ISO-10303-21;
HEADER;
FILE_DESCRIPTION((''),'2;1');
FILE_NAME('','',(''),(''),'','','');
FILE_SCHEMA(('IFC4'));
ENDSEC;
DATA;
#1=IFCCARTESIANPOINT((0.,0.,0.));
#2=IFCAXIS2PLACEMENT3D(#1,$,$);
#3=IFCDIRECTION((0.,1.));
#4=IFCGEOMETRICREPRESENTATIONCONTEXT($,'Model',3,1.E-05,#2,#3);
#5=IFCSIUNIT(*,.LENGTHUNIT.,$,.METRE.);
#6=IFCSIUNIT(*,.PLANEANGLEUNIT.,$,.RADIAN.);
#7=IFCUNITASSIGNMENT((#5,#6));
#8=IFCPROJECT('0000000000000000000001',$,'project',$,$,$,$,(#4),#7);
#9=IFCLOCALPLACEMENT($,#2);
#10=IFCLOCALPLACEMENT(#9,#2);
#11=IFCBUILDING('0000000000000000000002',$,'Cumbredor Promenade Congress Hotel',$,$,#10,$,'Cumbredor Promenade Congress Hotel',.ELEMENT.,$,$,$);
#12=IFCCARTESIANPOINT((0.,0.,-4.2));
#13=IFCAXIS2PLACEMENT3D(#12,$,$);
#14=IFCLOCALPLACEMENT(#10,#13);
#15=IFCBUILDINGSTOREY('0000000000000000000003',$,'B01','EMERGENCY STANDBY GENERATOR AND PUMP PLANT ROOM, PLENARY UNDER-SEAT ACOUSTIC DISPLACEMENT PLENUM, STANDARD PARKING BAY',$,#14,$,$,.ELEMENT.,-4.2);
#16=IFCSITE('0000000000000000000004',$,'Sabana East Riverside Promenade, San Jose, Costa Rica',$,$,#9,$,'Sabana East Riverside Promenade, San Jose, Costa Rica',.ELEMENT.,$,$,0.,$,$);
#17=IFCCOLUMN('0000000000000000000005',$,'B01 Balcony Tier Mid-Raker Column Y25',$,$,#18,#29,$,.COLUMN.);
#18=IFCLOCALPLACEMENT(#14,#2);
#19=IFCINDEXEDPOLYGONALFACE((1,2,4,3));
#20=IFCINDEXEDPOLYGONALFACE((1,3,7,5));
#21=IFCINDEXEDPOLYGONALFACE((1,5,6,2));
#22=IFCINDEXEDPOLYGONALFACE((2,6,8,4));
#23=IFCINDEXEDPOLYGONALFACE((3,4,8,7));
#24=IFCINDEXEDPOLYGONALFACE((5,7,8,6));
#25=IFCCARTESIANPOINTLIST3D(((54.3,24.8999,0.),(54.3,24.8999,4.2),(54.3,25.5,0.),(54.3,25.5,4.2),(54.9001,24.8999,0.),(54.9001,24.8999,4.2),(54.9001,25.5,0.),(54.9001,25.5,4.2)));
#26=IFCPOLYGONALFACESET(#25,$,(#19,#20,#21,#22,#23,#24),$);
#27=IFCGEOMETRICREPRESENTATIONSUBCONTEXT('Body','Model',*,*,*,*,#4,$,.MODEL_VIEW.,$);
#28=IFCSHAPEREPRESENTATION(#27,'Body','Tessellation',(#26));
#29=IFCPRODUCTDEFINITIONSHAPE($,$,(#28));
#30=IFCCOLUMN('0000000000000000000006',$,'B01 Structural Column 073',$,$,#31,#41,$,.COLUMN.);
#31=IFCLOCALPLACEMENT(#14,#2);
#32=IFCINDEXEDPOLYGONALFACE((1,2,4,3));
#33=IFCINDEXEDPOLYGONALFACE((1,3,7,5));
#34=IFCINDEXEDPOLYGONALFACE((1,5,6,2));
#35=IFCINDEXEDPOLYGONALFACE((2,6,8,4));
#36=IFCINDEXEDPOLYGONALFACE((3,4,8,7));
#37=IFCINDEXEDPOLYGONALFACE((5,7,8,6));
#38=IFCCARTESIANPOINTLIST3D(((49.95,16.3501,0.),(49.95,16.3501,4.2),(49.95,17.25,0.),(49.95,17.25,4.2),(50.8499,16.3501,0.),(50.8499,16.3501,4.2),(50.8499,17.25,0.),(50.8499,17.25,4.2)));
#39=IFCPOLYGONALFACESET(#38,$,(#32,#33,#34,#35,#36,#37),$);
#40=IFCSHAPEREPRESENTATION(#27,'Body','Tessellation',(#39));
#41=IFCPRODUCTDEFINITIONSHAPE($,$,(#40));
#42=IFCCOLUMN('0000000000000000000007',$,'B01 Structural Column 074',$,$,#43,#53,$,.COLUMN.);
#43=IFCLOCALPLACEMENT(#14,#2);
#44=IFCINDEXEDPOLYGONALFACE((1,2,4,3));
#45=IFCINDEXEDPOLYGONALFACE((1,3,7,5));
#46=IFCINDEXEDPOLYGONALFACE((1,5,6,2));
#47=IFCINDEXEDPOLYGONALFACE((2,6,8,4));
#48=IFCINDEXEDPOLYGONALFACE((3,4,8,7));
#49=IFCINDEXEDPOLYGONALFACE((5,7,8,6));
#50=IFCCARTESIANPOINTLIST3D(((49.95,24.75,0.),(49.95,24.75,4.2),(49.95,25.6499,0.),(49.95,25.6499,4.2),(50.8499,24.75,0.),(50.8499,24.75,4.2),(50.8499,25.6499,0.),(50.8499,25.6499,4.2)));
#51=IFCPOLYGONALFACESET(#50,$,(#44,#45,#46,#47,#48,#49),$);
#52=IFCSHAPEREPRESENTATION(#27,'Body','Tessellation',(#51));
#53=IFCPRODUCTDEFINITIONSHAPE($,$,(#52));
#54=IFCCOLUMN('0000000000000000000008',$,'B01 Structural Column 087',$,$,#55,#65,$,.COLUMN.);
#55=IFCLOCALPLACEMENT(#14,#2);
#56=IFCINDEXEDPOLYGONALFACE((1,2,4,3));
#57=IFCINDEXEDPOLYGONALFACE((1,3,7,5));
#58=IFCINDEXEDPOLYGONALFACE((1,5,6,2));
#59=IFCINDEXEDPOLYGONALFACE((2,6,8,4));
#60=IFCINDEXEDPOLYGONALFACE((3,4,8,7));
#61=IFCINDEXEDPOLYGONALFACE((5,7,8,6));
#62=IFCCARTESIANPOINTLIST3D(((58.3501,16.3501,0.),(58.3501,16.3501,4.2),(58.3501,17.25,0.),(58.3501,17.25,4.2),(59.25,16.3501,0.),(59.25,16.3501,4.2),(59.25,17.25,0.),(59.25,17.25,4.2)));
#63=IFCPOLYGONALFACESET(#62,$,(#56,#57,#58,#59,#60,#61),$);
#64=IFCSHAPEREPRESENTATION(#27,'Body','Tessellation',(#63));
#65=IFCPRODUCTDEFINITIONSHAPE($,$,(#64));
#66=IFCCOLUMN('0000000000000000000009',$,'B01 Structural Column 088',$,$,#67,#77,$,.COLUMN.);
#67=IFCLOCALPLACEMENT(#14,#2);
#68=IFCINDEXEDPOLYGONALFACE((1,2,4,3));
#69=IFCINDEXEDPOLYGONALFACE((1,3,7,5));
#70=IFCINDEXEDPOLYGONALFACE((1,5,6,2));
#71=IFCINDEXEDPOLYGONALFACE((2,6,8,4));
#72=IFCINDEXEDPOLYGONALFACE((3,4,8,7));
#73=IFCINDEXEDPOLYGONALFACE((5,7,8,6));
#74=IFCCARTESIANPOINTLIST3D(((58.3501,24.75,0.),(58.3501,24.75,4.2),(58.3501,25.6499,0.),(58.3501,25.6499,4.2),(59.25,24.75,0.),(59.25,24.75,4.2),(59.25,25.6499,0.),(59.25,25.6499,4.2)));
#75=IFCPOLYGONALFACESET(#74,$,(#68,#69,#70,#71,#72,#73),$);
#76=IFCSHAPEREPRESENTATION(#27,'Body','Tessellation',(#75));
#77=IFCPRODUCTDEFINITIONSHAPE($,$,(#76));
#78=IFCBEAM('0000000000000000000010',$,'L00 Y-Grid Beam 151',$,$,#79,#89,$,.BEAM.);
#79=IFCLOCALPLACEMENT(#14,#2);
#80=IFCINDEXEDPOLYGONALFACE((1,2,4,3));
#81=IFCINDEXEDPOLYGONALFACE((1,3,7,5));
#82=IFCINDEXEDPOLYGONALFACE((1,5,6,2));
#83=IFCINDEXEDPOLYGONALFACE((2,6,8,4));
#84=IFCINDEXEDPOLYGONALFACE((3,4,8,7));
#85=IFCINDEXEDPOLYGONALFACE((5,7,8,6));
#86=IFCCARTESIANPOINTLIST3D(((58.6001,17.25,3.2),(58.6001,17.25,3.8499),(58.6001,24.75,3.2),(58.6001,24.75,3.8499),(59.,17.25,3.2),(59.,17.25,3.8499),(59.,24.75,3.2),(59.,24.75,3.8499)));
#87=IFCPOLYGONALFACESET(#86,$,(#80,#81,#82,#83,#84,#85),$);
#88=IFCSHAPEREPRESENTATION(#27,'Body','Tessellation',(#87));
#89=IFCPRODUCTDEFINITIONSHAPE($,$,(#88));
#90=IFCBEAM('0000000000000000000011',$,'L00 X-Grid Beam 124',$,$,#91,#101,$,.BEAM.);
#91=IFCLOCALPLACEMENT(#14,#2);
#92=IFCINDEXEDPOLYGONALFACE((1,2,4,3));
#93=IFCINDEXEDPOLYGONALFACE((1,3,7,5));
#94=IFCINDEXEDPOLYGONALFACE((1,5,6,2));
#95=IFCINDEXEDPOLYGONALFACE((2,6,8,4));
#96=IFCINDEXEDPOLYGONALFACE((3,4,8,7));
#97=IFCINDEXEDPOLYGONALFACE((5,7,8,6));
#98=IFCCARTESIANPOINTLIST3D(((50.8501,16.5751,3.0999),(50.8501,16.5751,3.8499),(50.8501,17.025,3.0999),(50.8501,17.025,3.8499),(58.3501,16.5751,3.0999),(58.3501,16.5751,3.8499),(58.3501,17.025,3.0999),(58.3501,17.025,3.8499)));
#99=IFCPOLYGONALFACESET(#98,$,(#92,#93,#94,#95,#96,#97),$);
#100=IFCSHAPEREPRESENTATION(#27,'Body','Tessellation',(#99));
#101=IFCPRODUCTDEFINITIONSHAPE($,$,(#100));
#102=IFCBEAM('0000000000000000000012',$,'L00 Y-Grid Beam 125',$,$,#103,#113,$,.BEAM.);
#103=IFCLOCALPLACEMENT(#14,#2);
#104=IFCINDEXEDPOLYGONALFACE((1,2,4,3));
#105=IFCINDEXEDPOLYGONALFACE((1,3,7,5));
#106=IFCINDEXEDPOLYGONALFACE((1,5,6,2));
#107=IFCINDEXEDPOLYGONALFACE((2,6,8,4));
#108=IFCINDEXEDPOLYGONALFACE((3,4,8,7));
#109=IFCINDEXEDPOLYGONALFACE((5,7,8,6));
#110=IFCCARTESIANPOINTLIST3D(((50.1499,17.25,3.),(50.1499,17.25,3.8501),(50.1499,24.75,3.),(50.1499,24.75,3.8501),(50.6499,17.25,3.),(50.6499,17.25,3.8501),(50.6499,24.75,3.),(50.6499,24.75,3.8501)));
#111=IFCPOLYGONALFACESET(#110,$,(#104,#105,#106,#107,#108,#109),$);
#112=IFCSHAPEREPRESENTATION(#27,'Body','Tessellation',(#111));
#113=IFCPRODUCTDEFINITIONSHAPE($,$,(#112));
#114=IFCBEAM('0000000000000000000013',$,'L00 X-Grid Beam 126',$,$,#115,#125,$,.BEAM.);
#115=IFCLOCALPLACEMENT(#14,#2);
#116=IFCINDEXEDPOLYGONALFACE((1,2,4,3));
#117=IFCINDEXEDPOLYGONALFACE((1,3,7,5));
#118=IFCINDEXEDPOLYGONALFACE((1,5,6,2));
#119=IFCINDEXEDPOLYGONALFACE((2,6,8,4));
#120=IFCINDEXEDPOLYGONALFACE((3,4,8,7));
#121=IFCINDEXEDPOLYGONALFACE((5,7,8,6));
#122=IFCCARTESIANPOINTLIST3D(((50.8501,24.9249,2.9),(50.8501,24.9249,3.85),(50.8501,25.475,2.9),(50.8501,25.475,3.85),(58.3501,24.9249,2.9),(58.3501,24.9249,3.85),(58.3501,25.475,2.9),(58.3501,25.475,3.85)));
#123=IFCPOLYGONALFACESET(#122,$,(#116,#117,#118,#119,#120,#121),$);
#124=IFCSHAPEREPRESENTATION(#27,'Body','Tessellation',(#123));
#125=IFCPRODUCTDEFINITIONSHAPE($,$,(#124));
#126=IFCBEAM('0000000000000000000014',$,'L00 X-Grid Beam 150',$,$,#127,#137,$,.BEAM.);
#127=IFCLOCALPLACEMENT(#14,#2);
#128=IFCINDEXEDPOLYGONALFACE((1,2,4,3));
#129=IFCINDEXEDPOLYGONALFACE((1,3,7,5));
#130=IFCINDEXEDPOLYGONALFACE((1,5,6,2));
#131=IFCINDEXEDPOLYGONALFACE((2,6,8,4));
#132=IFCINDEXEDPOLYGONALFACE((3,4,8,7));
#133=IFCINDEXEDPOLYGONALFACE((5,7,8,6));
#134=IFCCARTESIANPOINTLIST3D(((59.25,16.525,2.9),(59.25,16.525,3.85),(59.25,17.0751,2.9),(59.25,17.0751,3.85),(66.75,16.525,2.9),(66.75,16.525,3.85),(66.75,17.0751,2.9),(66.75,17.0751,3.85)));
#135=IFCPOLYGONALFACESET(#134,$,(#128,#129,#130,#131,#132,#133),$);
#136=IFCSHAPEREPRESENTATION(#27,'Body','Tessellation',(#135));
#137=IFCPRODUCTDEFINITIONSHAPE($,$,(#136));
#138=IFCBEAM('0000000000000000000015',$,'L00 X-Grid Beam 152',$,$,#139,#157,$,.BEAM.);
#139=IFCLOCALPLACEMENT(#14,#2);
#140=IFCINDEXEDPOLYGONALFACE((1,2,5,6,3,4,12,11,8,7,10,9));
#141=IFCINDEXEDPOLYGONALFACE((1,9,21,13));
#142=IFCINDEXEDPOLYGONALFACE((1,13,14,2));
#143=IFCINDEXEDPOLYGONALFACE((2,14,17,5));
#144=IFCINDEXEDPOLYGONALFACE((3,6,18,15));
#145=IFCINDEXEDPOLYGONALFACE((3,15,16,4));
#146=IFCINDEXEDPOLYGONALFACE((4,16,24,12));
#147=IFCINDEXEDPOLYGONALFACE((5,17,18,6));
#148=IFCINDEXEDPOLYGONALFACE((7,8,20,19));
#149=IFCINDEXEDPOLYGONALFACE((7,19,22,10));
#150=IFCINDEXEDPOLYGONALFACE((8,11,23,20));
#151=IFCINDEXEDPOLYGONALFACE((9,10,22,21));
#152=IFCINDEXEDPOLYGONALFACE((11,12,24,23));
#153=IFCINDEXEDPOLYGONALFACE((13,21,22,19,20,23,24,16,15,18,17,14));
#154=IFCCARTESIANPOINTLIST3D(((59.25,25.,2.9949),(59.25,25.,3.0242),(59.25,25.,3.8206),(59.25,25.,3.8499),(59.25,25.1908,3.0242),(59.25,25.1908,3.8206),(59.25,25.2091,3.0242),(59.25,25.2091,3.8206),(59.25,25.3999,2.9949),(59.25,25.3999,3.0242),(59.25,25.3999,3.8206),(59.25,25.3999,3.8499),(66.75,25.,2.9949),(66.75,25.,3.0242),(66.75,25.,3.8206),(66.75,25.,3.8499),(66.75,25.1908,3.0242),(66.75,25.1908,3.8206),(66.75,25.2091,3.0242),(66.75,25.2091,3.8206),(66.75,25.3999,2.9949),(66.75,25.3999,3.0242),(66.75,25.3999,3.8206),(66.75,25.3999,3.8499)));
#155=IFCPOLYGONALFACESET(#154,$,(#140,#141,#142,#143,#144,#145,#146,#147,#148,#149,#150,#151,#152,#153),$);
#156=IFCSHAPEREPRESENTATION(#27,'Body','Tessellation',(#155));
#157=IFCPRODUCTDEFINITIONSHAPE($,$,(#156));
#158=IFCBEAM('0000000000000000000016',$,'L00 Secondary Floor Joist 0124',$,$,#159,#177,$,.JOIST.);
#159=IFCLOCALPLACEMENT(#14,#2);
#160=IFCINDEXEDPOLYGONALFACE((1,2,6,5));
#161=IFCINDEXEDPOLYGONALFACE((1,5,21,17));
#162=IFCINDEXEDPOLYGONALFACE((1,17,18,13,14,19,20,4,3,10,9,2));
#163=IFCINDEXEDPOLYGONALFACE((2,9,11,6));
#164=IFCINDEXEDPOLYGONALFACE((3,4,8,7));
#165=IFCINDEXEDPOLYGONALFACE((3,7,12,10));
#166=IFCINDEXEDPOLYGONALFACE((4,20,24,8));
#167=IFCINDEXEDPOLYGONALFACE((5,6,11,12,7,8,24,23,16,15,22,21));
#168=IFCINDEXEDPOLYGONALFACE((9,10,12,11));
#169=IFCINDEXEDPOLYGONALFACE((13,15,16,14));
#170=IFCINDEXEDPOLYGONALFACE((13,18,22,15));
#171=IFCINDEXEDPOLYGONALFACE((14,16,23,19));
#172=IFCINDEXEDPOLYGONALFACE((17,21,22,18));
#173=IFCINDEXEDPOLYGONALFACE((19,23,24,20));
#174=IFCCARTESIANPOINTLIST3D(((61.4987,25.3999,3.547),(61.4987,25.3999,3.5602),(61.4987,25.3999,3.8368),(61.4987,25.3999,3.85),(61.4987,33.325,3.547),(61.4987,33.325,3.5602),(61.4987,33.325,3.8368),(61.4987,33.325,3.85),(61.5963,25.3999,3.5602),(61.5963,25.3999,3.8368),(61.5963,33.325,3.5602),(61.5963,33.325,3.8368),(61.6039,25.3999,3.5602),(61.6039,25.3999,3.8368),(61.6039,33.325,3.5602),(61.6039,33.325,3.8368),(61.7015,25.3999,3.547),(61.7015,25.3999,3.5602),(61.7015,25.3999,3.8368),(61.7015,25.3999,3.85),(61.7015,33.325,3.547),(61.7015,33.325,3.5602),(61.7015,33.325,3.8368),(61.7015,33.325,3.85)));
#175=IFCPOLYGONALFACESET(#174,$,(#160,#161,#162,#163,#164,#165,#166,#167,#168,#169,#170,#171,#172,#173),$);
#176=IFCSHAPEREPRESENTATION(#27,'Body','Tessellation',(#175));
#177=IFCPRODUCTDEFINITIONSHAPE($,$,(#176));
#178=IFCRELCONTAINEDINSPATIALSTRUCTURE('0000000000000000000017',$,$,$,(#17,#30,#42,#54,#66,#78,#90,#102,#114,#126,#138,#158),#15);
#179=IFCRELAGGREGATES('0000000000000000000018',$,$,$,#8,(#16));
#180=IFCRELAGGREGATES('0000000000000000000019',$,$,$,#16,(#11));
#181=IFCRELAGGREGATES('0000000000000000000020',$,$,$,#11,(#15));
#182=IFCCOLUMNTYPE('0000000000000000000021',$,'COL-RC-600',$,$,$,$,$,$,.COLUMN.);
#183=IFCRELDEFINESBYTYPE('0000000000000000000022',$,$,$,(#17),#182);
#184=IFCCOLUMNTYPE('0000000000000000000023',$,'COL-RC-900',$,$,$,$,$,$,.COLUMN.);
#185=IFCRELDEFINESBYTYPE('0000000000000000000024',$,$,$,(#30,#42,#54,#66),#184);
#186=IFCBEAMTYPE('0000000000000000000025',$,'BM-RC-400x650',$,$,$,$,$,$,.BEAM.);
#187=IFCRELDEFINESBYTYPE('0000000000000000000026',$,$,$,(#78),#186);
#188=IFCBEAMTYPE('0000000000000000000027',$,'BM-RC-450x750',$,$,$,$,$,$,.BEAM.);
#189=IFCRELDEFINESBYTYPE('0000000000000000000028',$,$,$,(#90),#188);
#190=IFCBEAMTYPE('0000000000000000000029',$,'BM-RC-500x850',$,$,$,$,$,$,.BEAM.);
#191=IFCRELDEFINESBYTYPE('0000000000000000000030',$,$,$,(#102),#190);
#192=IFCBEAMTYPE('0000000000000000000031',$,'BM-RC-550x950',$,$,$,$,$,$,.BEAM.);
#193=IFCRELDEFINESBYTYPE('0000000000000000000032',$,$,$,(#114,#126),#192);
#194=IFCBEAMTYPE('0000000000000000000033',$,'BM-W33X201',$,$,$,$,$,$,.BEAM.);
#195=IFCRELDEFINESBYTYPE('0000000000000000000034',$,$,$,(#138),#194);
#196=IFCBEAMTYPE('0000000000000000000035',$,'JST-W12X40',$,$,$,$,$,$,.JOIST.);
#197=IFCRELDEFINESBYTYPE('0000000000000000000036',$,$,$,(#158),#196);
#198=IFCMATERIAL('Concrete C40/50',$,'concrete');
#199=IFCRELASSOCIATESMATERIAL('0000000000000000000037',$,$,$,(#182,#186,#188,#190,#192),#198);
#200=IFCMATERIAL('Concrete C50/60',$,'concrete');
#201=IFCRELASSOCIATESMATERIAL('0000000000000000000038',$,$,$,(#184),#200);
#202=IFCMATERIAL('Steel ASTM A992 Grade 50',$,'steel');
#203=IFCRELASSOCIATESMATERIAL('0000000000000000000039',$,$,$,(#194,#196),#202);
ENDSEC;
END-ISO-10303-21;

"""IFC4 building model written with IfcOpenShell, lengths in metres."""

from ifc_helpers import new_model, si_unit, direction, frame, origin, origin_2d, place, context, subcontext, project, spatial, rectangle, i_section, extrude, material, material_profile, profile_set, type_object, element, save


model = new_model("IFC4")

# Units and contexts
model_context = context("Model", 3, precision=1e-05, world=origin(), true_north=direction((0.0, 1.0)))
body_context = subcontext(model_context, "Body", "Model", "MODEL_VIEW")
ifc_project = project(units=[si_unit("LENGTHUNIT", "METRE"), si_unit("PLANEANGLEUNIT", "RADIAN")], contexts=[model_context])

# Site, building, storey
site_placement = place(None, origin())
site = spatial("IfcSite", under=ifc_project, at=site_placement, Name="Sabana East Riverside Promenade, San Jose, Costa Rica", LongName="Sabana East Riverside Promenade, San Jose, Costa Rica", CompositionType="ELEMENT", RefElevation=0.0)
building_placement = place(site_placement, origin())
building = spatial("IfcBuilding", under=site, at=building_placement, Name="Cumbredor Promenade Congress Hotel", LongName="Cumbredor Promenade Congress Hotel", CompositionType="ELEMENT")
storey_placement = place(building_placement, frame((0.0, 0.0, -4.2)))
storey = spatial("IfcBuildingStorey", under=building, at=storey_placement, Name="B01", Description="EMERGENCY STANDBY GENERATOR AND PUMP PLANT ROOM, PLENARY UNDER-SEAT ACOUSTIC DISPLACEMENT PLENUM, STANDARD PARKING BAY", CompositionType="ELEMENT", Elevation=-4.2)

# Columns
ifc_material_1 = material(Name="Concrete C40/50", Category="concrete")
ifc_material_profile_1 = material_profile(ifc_material_1, rectangle(XDim=0.6001, YDim=0.6001, at=origin_2d()), Name="RC 600x600")
ifc_profile_set_1 = profile_set([ifc_material_profile_1], Name="Concrete C40/50")
column_type_1 = type_object("IfcColumnType", Name="COL-RC-600", PredefinedType="COLUMN", material=ifc_profile_set_1)
column_placement = place(storey_placement, frame((54.6001, 25.2, 0.0), z_axis=(0.0, 0.0, 1.0), x_axis=(1.0, 0.0, 0.0)))
element("IfcColumn", 1, at=column_placement, inside=storey, type_object=column_type_1, Name="B01 Balcony Tier Mid-Raker Column Y25", PredefinedType="COLUMN", context=body_context, shape_type="SweptSolid", body=[
    extrude(rectangle(XDim=0.6001, YDim=0.6001, at=origin_2d()), origin(), (0.0, 0.0, 1.0), 4.2),
])
ifc_material_2 = material(Name="Concrete C50/60", Category="concrete")
ifc_material_profile_2 = material_profile(ifc_material_2, rectangle(XDim=0.8999, YDim=0.8999, at=origin_2d()), Name="RC 900x900")
ifc_profile_set_2 = profile_set([ifc_material_profile_2], Name="Concrete C50/60")
column_type_2 = type_object("IfcColumnType", Name="COL-RC-900", PredefinedType="COLUMN", material=ifc_profile_set_2)
for number, where, z_axis, x_axis, name in (
    (2, (50.3999, 16.8, 0.0), (0.0, 0.0, 1.0), (1.0, 0.0, 0.0), "B01 Structural Column 073"),
    (3, (50.3999, 25.2, 0.0), (0.0, 0.0, 1.0), (1.0, 0.0, 0.0), "B01 Structural Column 074"),
    (4, (58.8, 16.8, 0.0), (0.0, 0.0, 1.0), (1.0, 0.0, 0.0), "B01 Structural Column 087"),
    (5, (58.8, 25.2, 0.0), (0.0, 0.0, 1.0), (1.0, 0.0, 0.0), "B01 Structural Column 088"),
):
    element("IfcColumn", number, at=place(storey_placement, frame(where, z_axis=z_axis, x_axis=x_axis)), inside=storey, type_object=column_type_2, Name=name, PredefinedType="COLUMN", context=body_context, shape_type="SweptSolid", body=[
        extrude(rectangle(XDim=0.8999, YDim=0.8999, at=origin_2d()), origin(), (0.0, 0.0, 1.0), 4.2),
    ])

# Beams
ifc_material_profile_3 = material_profile(ifc_material_1, rectangle(XDim=0.3999, YDim=0.6499, at=origin_2d()), Name="RC BEAM 400x650")
ifc_profile_set_3 = profile_set([ifc_material_profile_3], Name="Concrete C40/50")
beam_type_1 = type_object("IfcBeamType", Name="BM-RC-400x650", PredefinedType="BEAM", material=ifc_profile_set_3)
beam_1_placement = place(storey_placement, frame((58.8, 17.25, 3.5249), z_axis=(0.0, 1.0, 0.0), x_axis=(-1.0, 0.0, 0.0)))
element("IfcBeam", 6, at=beam_1_placement, inside=storey, type_object=beam_type_1, Name="L00 Y-Grid Beam 151", PredefinedType="BEAM", context=body_context, shape_type="SweptSolid", body=[
    extrude(rectangle(XDim=0.3999, YDim=0.6499, at=origin_2d()), origin(), (0.0, 0.0, 1.0), 7.5),
])
ifc_material_profile_4 = material_profile(ifc_material_1, rectangle(XDim=0.45, YDim=0.75, at=origin_2d()), Name="RC BEAM 450x750")
ifc_profile_set_4 = profile_set([ifc_material_profile_4], Name="Concrete C40/50")
beam_type_2 = type_object("IfcBeamType", Name="BM-RC-450x750", PredefinedType="BEAM", material=ifc_profile_set_4)
beam_2_placement = place(storey_placement, frame((50.8501, 16.8, 3.4749), z_axis=(1.0, 0.0, 0.0), x_axis=(0.0, 1.0, 0.0)))
element("IfcBeam", 7, at=beam_2_placement, inside=storey, type_object=beam_type_2, Name="L00 X-Grid Beam 124", PredefinedType="BEAM", context=body_context, shape_type="SweptSolid", body=[
    extrude(rectangle(XDim=0.45, YDim=0.75, at=origin_2d()), origin(), (0.0, 0.0, 1.0), 7.5),
])
ifc_material_profile_5 = material_profile(ifc_material_1, rectangle(XDim=0.5, YDim=0.8501, at=origin_2d()), Name="RC BEAM 500x850")
ifc_profile_set_5 = profile_set([ifc_material_profile_5], Name="Concrete C40/50")
beam_type_3 = type_object("IfcBeamType", Name="BM-RC-500x850", PredefinedType="BEAM", material=ifc_profile_set_5)
beam_3_placement = place(storey_placement, frame((50.3999, 17.25, 3.425), z_axis=(0.0, 1.0, 0.0), x_axis=(-1.0, 0.0, 0.0)))
element("IfcBeam", 8, at=beam_3_placement, inside=storey, type_object=beam_type_3, Name="L00 Y-Grid Beam 125", PredefinedType="BEAM", context=body_context, shape_type="SweptSolid", body=[
    extrude(rectangle(XDim=0.5, YDim=0.8501, at=origin_2d()), origin(), (0.0, 0.0, 1.0), 7.5),
])
ifc_material_profile_6 = material_profile(ifc_material_1, rectangle(XDim=0.55, YDim=0.95, at=origin_2d()), Name="RC BEAM 550x950")
ifc_profile_set_6 = profile_set([ifc_material_profile_6], Name="Concrete C40/50")
beam_type_4 = type_object("IfcBeamType", Name="BM-RC-550x950", PredefinedType="BEAM", material=ifc_profile_set_6)
for number, where, z_axis, x_axis, name in (
    (9, (50.8501, 25.2, 3.375), (1.0, 0.0, 0.0), (0.0, 1.0, 0.0), "L00 X-Grid Beam 126"),
    (10, (59.25, 16.8, 3.375), (1.0, 0.0, 0.0), (0.0, 1.0, 0.0), "L00 X-Grid Beam 150"),
):
    element("IfcBeam", number, at=place(storey_placement, frame(where, z_axis=z_axis, x_axis=x_axis)), inside=storey, type_object=beam_type_4, Name=name, PredefinedType="BEAM", context=body_context, shape_type="SweptSolid", body=[
        extrude(rectangle(XDim=0.55, YDim=0.95, at=origin_2d()), origin(), (0.0, 0.0, 1.0), 7.5),
    ])
ifc_material_3 = material(Name="Steel ASTM A992 Grade 50", Category="steel")
ifc_material_profile_7 = material_profile(ifc_material_3, i_section(OverallWidth=0.3999, OverallDepth=0.855, WebThickness=0.0183, FlangeThickness=0.0293, at=origin_2d()), Name="W33X201")
ifc_profile_set_7 = profile_set([ifc_material_profile_7], Name="Steel ASTM A992 Grade 50")
beam_type_5 = type_object("IfcBeamType", Name="BM-W33X201", PredefinedType="BEAM", material=ifc_profile_set_7)
beam_4_placement = place(storey_placement, frame((59.25, 25.2, 3.4224), z_axis=(1.0, 0.0, 0.0), x_axis=(0.0, 1.0, 0.0)))
element("IfcBeam", 11, at=beam_4_placement, inside=storey, type_object=beam_type_5, Name="L00 X-Grid Beam 152", PredefinedType="BEAM", context=body_context, shape_type="SweptSolid", body=[
    extrude(i_section(OverallWidth=0.3999, OverallDepth=0.855, WebThickness=0.0183, FlangeThickness=0.0293, at=origin_2d()), origin(), (0.0, 0.0, 1.0), 7.5),
])
ifc_material_profile_8 = material_profile(ifc_material_3, i_section(OverallWidth=0.2029, OverallDepth=0.303, WebThickness=0.0076, FlangeThickness=0.0132, at=origin_2d()), Name="W12X40")
ifc_profile_set_8 = profile_set([ifc_material_profile_8], Name="Steel ASTM A992 Grade 50")
beam_type_6 = type_object("IfcBeamType", Name="JST-W12X40", PredefinedType="JOIST", material=ifc_profile_set_8)
beam_5_placement = place(storey_placement, frame((61.6001, 25.3999, 3.6985), z_axis=(0.0, 1.0, 0.0), x_axis=(-1.0, 0.0, 0.0)))
element("IfcBeam", 12, at=beam_5_placement, inside=storey, type_object=beam_type_6, Name="L00 Secondary Floor Joist 0124", PredefinedType="JOIST", context=body_context, shape_type="SweptSolid", body=[
    extrude(i_section(OverallWidth=0.2029, OverallDepth=0.303, WebThickness=0.0076, FlangeThickness=0.0132, at=origin_2d()), origin(), (0.0, 0.0, 1.0), 7.925),
])

save(model, "model.ifc")
